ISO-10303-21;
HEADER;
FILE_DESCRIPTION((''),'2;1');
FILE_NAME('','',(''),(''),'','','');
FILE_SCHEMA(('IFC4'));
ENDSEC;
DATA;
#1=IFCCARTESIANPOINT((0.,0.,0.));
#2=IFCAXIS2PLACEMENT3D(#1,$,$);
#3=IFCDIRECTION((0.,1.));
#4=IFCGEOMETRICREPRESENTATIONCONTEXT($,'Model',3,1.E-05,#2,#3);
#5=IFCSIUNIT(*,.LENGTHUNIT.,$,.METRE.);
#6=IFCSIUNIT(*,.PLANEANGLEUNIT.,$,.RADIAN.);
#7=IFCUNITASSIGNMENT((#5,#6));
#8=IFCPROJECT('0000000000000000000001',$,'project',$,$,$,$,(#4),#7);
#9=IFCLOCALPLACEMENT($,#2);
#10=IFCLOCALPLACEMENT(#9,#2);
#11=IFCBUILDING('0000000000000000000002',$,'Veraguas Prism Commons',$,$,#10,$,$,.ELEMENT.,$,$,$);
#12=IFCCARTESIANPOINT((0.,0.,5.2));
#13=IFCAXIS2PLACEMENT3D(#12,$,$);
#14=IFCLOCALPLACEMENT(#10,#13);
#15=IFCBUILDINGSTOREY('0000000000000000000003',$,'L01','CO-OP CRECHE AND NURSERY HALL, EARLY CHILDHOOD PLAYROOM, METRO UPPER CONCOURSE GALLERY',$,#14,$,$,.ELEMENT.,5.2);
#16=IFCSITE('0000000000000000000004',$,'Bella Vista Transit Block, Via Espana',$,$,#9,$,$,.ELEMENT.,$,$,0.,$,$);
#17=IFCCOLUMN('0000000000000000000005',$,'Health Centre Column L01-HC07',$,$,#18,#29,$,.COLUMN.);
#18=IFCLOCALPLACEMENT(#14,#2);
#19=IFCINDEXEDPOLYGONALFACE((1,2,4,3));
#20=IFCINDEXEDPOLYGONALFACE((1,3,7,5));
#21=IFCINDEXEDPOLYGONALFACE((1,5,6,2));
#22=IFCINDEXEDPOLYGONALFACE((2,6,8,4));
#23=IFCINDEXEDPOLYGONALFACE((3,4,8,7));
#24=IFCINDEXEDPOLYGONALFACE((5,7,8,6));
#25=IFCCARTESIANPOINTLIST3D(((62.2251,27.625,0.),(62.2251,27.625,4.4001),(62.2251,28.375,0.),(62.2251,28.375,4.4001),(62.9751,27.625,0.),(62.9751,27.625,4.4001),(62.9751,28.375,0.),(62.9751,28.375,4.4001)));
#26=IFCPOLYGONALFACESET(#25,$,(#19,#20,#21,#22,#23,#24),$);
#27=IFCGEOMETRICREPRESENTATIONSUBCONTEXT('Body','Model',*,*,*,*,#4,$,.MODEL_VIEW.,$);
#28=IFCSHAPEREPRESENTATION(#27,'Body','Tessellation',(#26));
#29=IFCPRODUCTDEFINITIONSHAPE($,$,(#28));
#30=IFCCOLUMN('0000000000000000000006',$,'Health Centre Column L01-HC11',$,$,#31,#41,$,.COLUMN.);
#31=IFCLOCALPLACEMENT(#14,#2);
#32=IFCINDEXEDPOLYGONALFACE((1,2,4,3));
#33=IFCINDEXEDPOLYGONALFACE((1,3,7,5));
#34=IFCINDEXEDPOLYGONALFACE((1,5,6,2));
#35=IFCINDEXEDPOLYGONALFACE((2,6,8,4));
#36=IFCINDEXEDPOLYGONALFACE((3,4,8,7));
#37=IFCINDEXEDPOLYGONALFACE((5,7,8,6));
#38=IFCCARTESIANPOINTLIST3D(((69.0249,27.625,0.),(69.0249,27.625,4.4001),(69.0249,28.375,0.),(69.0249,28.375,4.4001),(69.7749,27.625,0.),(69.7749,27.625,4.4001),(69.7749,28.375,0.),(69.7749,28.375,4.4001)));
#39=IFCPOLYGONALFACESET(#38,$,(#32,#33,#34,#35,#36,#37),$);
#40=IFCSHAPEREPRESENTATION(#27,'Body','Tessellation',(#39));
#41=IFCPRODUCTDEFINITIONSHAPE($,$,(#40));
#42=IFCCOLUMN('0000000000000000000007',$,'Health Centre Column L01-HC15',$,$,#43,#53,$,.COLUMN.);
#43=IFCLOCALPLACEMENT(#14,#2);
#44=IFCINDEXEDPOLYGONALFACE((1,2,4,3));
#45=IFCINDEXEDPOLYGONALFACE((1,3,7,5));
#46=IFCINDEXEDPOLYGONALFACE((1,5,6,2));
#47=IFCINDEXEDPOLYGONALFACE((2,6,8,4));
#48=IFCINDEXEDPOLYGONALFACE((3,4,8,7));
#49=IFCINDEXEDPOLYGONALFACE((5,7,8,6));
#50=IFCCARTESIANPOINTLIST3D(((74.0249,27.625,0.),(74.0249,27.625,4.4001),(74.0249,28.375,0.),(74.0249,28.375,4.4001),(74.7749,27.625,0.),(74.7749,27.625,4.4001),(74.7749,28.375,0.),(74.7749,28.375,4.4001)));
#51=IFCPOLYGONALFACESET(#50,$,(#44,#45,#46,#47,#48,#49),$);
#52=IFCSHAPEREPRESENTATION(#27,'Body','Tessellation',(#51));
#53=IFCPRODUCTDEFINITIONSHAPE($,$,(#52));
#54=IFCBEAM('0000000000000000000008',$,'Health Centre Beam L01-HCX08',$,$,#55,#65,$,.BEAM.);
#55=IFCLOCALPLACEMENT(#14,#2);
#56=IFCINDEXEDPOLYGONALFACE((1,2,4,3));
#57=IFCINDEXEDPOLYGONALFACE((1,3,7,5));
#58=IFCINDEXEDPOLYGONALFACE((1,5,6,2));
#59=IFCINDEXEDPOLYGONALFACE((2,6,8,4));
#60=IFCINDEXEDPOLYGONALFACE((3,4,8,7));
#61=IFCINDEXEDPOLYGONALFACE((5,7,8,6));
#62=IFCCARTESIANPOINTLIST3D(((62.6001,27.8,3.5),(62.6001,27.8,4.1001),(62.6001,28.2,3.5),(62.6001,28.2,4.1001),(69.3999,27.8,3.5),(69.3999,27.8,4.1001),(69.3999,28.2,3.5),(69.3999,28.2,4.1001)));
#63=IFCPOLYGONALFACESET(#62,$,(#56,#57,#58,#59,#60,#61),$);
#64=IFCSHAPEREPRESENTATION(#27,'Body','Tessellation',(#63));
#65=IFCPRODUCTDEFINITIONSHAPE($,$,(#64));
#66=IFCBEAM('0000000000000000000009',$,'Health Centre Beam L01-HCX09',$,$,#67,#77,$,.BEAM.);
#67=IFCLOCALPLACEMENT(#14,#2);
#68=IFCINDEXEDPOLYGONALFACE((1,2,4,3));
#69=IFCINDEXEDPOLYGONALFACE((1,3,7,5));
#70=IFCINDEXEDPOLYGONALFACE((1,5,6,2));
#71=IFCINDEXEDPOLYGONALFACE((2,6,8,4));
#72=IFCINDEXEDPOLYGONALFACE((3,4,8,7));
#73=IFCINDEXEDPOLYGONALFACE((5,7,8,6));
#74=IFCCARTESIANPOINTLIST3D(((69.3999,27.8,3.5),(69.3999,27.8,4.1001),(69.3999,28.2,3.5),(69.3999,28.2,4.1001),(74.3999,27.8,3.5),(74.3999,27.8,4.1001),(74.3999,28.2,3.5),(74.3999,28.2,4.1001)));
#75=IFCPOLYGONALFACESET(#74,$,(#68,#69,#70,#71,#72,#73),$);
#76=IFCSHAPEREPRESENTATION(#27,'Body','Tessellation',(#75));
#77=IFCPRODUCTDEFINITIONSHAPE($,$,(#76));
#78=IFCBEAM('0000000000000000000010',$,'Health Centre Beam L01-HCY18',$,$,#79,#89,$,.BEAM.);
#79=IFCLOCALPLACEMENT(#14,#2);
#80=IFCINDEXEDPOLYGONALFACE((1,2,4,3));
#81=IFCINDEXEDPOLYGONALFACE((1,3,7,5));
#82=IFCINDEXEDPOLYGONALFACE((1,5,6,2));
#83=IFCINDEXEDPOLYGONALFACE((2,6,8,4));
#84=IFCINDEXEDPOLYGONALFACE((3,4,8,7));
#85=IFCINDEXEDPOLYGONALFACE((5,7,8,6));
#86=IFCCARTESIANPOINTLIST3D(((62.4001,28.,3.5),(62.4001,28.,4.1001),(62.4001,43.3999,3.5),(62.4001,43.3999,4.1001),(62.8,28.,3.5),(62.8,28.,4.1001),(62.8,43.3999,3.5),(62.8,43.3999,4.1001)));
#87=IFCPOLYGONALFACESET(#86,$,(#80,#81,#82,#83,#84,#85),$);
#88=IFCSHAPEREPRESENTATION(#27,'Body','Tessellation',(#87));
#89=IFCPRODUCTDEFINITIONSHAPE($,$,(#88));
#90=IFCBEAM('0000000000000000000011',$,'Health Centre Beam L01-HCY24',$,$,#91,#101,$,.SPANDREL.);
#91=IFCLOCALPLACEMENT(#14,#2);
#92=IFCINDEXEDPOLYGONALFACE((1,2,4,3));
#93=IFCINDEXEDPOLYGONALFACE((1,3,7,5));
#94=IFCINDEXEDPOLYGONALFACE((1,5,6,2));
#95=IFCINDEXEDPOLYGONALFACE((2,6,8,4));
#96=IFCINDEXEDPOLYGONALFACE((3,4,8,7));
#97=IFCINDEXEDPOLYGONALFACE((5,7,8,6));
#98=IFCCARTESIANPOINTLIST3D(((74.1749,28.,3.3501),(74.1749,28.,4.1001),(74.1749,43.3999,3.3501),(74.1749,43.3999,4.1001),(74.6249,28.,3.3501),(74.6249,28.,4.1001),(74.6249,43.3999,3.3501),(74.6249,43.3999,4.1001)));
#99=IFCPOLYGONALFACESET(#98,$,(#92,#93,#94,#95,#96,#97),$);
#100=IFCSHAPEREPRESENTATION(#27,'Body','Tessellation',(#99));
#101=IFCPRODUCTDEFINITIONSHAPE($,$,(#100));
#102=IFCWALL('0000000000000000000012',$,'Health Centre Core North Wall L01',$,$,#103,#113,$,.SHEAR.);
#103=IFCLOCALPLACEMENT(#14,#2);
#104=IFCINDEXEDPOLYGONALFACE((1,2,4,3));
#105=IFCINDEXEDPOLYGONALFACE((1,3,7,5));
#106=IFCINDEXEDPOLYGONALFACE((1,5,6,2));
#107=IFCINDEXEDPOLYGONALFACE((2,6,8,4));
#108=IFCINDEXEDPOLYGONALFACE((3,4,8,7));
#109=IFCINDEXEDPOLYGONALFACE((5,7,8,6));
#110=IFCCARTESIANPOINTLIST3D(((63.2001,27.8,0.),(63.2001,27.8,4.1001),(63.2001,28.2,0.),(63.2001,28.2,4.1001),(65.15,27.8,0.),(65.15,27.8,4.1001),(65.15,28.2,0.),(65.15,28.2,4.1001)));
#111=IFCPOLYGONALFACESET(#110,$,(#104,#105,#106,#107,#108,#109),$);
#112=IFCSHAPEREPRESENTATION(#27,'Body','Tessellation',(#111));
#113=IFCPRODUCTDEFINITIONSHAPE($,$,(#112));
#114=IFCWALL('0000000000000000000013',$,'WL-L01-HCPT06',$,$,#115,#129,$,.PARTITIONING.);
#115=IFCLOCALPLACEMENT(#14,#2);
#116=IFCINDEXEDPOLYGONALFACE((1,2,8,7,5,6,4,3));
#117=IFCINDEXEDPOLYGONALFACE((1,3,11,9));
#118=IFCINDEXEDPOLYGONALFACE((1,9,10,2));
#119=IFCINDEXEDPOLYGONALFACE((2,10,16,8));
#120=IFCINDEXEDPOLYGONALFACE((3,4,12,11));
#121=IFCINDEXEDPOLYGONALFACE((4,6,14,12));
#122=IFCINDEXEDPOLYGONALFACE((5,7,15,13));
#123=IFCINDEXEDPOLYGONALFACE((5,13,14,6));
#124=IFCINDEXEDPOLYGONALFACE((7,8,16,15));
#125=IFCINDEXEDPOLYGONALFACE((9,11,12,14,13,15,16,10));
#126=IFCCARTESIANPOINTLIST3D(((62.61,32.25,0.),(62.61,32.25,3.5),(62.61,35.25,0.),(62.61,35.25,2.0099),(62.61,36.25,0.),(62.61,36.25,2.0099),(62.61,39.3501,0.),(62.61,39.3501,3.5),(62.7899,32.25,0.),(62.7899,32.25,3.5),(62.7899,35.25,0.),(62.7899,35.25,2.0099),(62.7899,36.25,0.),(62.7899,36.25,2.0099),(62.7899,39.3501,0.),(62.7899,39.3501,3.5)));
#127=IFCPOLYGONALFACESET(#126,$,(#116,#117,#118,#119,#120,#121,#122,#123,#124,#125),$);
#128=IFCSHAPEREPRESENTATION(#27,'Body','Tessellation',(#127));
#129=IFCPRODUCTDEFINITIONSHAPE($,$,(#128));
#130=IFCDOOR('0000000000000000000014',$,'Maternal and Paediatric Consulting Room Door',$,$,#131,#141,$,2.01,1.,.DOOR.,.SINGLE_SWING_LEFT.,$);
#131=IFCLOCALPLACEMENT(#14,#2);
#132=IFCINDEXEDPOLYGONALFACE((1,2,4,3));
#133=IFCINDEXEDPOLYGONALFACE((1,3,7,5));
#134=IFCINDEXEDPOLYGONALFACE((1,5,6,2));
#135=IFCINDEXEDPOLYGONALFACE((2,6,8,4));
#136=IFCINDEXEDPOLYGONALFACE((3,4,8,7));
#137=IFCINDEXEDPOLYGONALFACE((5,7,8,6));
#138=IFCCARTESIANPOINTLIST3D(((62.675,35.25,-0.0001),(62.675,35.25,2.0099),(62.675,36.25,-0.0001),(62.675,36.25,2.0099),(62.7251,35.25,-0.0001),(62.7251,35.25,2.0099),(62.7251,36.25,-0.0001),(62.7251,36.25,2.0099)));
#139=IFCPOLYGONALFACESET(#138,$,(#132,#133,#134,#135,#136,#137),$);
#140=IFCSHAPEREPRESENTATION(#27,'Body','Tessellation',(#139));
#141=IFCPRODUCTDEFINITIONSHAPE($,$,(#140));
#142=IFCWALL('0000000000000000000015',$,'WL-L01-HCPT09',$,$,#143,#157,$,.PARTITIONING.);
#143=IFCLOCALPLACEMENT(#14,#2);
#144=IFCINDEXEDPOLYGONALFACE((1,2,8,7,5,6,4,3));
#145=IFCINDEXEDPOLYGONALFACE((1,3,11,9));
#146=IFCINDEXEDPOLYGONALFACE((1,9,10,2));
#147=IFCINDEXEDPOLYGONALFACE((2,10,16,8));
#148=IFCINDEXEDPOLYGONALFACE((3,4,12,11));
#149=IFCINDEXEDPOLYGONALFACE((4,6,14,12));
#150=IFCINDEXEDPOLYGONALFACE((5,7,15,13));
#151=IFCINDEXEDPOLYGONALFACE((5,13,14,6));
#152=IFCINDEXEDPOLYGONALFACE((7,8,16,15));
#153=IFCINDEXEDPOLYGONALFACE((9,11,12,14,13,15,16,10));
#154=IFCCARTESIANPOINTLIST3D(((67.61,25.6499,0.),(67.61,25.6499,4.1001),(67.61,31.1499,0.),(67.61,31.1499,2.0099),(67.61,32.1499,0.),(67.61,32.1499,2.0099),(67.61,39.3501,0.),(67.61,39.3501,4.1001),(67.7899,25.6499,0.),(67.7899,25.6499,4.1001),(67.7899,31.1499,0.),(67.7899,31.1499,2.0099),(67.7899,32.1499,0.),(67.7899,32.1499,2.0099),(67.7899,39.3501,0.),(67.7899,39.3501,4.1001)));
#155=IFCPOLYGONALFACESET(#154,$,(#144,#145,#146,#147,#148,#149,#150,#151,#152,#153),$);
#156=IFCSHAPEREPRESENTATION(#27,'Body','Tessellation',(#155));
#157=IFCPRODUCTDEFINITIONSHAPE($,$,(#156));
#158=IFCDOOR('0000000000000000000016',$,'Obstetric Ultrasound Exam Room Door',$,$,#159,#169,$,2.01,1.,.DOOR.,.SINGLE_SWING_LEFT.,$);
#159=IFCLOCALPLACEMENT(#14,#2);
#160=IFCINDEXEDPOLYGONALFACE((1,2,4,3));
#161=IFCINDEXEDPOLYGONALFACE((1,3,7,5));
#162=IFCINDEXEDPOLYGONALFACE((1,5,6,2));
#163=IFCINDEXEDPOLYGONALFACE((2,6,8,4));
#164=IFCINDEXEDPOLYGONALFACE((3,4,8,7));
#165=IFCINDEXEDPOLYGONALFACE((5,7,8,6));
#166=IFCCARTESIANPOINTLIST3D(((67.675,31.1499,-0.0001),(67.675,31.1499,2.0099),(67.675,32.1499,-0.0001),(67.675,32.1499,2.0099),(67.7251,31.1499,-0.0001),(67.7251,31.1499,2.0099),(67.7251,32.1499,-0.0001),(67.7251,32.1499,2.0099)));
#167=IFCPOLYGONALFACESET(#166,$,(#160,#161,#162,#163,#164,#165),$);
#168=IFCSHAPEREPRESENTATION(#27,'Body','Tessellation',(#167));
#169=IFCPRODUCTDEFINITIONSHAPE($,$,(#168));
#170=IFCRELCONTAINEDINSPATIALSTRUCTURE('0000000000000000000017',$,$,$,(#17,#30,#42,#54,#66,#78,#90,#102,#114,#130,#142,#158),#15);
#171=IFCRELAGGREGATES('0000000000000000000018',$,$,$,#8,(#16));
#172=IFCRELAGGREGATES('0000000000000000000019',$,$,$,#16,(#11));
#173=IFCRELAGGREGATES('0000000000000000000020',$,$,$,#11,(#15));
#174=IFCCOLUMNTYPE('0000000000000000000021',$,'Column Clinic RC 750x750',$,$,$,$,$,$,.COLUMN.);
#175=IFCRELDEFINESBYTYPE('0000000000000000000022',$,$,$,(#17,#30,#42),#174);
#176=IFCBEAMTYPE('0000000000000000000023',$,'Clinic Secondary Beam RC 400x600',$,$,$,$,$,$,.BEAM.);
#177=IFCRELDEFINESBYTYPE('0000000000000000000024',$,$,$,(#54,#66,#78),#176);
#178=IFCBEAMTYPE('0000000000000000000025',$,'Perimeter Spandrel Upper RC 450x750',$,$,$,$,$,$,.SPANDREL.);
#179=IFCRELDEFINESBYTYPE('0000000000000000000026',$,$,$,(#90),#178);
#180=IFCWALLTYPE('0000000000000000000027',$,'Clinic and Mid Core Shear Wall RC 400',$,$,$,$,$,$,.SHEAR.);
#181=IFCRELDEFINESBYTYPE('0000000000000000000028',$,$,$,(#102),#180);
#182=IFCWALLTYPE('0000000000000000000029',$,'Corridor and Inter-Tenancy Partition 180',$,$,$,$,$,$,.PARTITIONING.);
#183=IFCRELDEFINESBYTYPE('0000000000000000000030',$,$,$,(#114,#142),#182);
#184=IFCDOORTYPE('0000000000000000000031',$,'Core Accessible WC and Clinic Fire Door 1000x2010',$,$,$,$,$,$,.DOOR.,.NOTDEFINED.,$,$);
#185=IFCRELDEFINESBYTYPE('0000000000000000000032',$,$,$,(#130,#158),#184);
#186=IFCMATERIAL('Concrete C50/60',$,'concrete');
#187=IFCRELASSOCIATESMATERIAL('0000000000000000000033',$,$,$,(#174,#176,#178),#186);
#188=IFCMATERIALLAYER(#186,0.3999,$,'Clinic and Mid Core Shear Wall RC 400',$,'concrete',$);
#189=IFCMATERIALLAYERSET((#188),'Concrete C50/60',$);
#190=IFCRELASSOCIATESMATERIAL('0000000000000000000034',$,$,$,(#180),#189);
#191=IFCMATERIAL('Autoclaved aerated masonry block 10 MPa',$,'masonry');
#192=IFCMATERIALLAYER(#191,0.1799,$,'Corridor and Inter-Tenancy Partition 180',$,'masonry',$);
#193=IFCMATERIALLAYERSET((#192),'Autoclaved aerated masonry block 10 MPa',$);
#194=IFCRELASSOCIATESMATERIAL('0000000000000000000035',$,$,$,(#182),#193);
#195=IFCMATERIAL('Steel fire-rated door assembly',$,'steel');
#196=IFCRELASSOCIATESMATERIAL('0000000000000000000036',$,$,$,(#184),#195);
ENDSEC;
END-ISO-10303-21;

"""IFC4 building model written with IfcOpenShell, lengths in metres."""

from ifc_helpers import new_model, si_unit, direction, frame, frame_2d, origin, origin_2d, place, context, subcontext, project, spatial, rectangle, extrude, source, transform, mapped, material, layer, layer_set, material_profile, profile_set, type_object, element, fill, save


model = new_model("IFC4")

# Units and contexts
model_context = context("Model", 3, precision=1e-05, world=origin(), true_north=direction((0.0, 1.0)))
body_context = subcontext(model_context, "Body", "Model", "MODEL_VIEW")
ifc_project = project(units=[si_unit("LENGTHUNIT", "METRE"), si_unit("PLANEANGLEUNIT", "RADIAN")], contexts=[model_context])

# Site, building, storey
site_placement = place(None, origin())
site = spatial("IfcSite", under=ifc_project, at=site_placement, Name="Bella Vista Transit Block, Via Espana", CompositionType="ELEMENT", RefElevation=0.0)
building_placement = place(site_placement, origin())
building = spatial("IfcBuilding", under=site, at=building_placement, Name="Veraguas Prism Commons", CompositionType="ELEMENT")
storey_placement = place(building_placement, frame((0.0, 0.0, 5.2)))
storey = spatial("IfcBuildingStorey", under=building, at=storey_placement, Name="L01", Description="CO-OP CRECHE AND NURSERY HALL, EARLY CHILDHOOD PLAYROOM, METRO UPPER CONCOURSE GALLERY", CompositionType="ELEMENT", Elevation=5.2)

# Columns
ifc_material_1 = material(Name="Concrete C50/60", Category="concrete")
ifc_material_profile_1 = material_profile(ifc_material_1, rectangle(XDim=0.75, YDim=0.75, at=origin_2d()), Name="RC750X750")
ifc_profile_set_1 = profile_set([ifc_material_profile_1], Name="Concrete C50/60")
column_type = type_object("IfcColumnType", Name="Column Clinic RC 750x750", PredefinedType="COLUMN", material=ifc_profile_set_1)
for number, where, z_axis, x_axis, name in (
    (1, (62.6001, 28.0, 0.0), (0.0, 0.0, 1.0), (1.0, 0.0, 0.0), "Health Centre Column L01-HC07"),
    (2, (69.3999, 28.0, 0.0), (0.0, 0.0, 1.0), (1.0, 0.0, 0.0), "Health Centre Column L01-HC11"),
    (3, (74.3999, 28.0, 0.0), (0.0, 0.0, 1.0), (1.0, 0.0, 0.0), "Health Centre Column L01-HC15"),
):
    element("IfcColumn", number, at=place(storey_placement, frame(where, z_axis=z_axis, x_axis=x_axis)), inside=storey, type_object=column_type, Name=name, PredefinedType="COLUMN", context=body_context, shape_type="SweptSolid", body=[
        extrude(rectangle(XDim=0.75, YDim=0.75, at=origin_2d()), origin(), (0.0, 0.0, 1.0), 4.4001),
    ])

# Beams
ifc_material_profile_2 = material_profile(ifc_material_1, rectangle(XDim=0.3999, YDim=0.6001, at=origin_2d()), Name="RC400X600")
ifc_profile_set_2 = profile_set([ifc_material_profile_2], Name="Concrete C50/60")
beam_type_1 = type_object("IfcBeamType", Name="Clinic Secondary Beam RC 400x600", PredefinedType="BEAM", material=ifc_profile_set_2)
beam_1_placement = place(storey_placement, frame((62.6001, 28.0, 3.8), z_axis=(1.0, 0.0, 0.0), x_axis=(0.0, 1.0, 0.0)))
element("IfcBeam", 4, at=beam_1_placement, inside=storey, type_object=beam_type_1, Name="Health Centre Beam L01-HCX08", PredefinedType="BEAM", context=body_context, shape_type="SweptSolid", body=[
    extrude(rectangle(XDim=0.3999, YDim=0.6001, at=origin_2d()), origin(), (0.0, 0.0, 1.0), 6.7998),
])
beam_2_placement = place(storey_placement, frame((69.3999, 28.0, 3.8), z_axis=(1.0, 0.0, 0.0), x_axis=(0.0, 1.0, 0.0)))
element("IfcBeam", 5, at=beam_2_placement, inside=storey, type_object=beam_type_1, Name="Health Centre Beam L01-HCX09", PredefinedType="BEAM", context=body_context, shape_type="SweptSolid", body=[
    extrude(rectangle(XDim=0.3999, YDim=0.6001, at=origin_2d()), origin(), (0.0, 0.0, 1.0), 5.0),
])
beam_3_placement = place(storey_placement, frame((62.6001, 28.0, 3.8), z_axis=(0.0, 1.0, 0.0), x_axis=(-1.0, 0.0, 0.0)))
element("IfcBeam", 6, at=beam_3_placement, inside=storey, type_object=beam_type_1, Name="Health Centre Beam L01-HCY18", PredefinedType="BEAM", context=body_context, shape_type="SweptSolid", body=[
    extrude(rectangle(XDim=0.3999, YDim=0.6001, at=origin_2d()), origin(), (0.0, 0.0, 1.0), 15.3999),
])
ifc_material_profile_3 = material_profile(ifc_material_1, rectangle(XDim=0.45, YDim=0.75, at=origin_2d()), Name="RC450X750")
ifc_profile_set_3 = profile_set([ifc_material_profile_3], Name="Concrete C50/60")
beam_type_2 = type_object("IfcBeamType", Name="Perimeter Spandrel Upper RC 450x750", PredefinedType="SPANDREL", material=ifc_profile_set_3)
beam_4_placement = place(storey_placement, frame((74.3999, 28.0, 3.7251), z_axis=(0.0, 1.0, 0.0), x_axis=(-1.0, 0.0, 0.0)))
element("IfcBeam", 7, at=beam_4_placement, inside=storey, type_object=beam_type_2, Name="Health Centre Beam L01-HCY24", PredefinedType="SPANDREL", context=body_context, shape_type="SweptSolid", body=[
    extrude(rectangle(XDim=0.45, YDim=0.75, at=origin_2d()), origin(), (0.0, 0.0, 1.0), 15.3999),
])

# Wall
ifc_layer_1 = layer(ifc_material_1, 0.3999, Name="Clinic and Mid Core Shear Wall RC 400", Category="concrete")
ifc_layer_set_1 = layer_set([ifc_layer_1], Name="Concrete C50/60")
wall_type_1 = type_object("IfcWallType", Name="Clinic and Mid Core Shear Wall RC 400", PredefinedType="SHEAR", material=ifc_layer_set_1)
wall_1_placement = place(storey_placement, frame((63.2, 28.0, 0.0), z_axis=(0.0, 0.0, 1.0), x_axis=(1.0, 0.0, 0.0)))
element("IfcWall", 8, at=wall_1_placement, inside=storey, type_object=wall_type_1, Name="Health Centre Core North Wall L01", PredefinedType="SHEAR", context=body_context, shape_type="SweptSolid", body=[
    extrude(rectangle(XDim=1.95, YDim=0.3999, at=frame_2d((0.9751, 0.0))), origin(), (0.0, 0.0, 1.0), 4.1001),
])

# Walls, openings, doors
ifc_material_2 = material(Name="Autoclaved aerated masonry block 10 MPa", Category="masonry")
ifc_layer_2 = layer(ifc_material_2, 0.1799, Name="Corridor and Inter-Tenancy Partition 180", Category="masonry")
ifc_layer_set_2 = layer_set([ifc_layer_2], Name="Autoclaved aerated masonry block 10 MPa")
wall_type_2 = type_object("IfcWallType", Name="Corridor and Inter-Tenancy Partition 180", PredefinedType="PARTITIONING", material=ifc_layer_set_2)
wall_2_placement = place(storey_placement, frame((62.7, 32.25, 0.0), z_axis=(0.0, 0.0, 1.0), x_axis=(0.0, 1.0, 0.0)))
wall_2 = element("IfcWall", 9, at=wall_2_placement, inside=storey, type_object=wall_type_2, Name="WL-L01-HCPT06", PredefinedType="PARTITIONING", context=body_context, shape_type="SweptSolid", body=[
    extrude(rectangle(XDim=7.1001, YDim=0.1799, at=frame_2d((3.55, 0.0))), origin(), (0.0, 0.0, 1.0), 3.5),
])
opening_1_placement = place(wall_2_placement, frame((3.0, 0.0, 0.0)))
opening_1 = element("IfcOpeningElement", 10, at=opening_1_placement, cuts=wall_2, PredefinedType="OPENING", context=body_context, shape_type="SweptSolid", body=[
    extrude(rectangle(XDim=1.0, YDim=2.01, at=frame_2d((0.5, 1.0049))), frame((0.0, 0.0999, 0.0), z_axis=(0.0, -1.0, 0.0), x_axis=(1.0, 0.0, 0.0)), (0.0, 0.0, 1.0), 0.2),
])
ifc_material_3 = material(Name="Steel fire-rated door assembly", Category="steel")
door_type = type_object("IfcDoorType", Name="Core Accessible WC and Clinic Fire Door 1000x2010", OperationType="NOTDEFINED", PredefinedType="DOOR", material=ifc_material_3)
shared_shape_1 = source(origin(), body_context, "Body", "SweptSolid", [
    extrude(rectangle(XDim=1.0, YDim=2.01, at=frame_2d((0.5, 1.0049))), frame((0.0, 0.0249, 0.0), z_axis=(0.0, -1.0, 0.0), x_axis=(1.0, 0.0, 0.0)), (0.0, 0.0, 1.0), 0.05),
])
door_1_placement = place(opening_1_placement, origin())
door_1 = element("IfcDoor", 11, at=door_1_placement, inside=storey, type_object=door_type, Name="Maternal and Paediatric Consulting Room Door", OperationType="SINGLE_SWING_LEFT", OverallHeight=2.01, OverallWidth=1.0, PredefinedType="DOOR", context=body_context, shape_type="MappedRepresentation", body=[
    mapped(shared_shape_1, transform((0.0, 0.0, 0.0), scale=1.0)),
])
fill(opening_1, door_1)
wall_3_placement = place(storey_placement, frame((67.7, 25.6499, 0.0), z_axis=(0.0, 0.0, 1.0), x_axis=(0.0, 1.0, 0.0)))
wall_3 = element("IfcWall", 12, at=wall_3_placement, inside=storey, type_object=wall_type_2, Name="WL-L01-HCPT09", PredefinedType="PARTITIONING", context=body_context, shape_type="SweptSolid", body=[
    extrude(rectangle(XDim=13.7002, YDim=0.1799, at=frame_2d((6.8501, 0.0))), origin(), (0.0, 0.0, 1.0), 4.1001),
])
opening_2_placement = place(wall_3_placement, frame((5.5, 0.0, 0.0)))
opening_2 = element("IfcOpeningElement", 13, at=opening_2_placement, cuts=wall_3, PredefinedType="OPENING", context=body_context, shape_type="SweptSolid", body=[
    extrude(rectangle(XDim=1.0, YDim=2.01, at=frame_2d((0.5, 1.0049))), frame((0.0, 0.0999, 0.0), z_axis=(0.0, -1.0, 0.0), x_axis=(1.0, 0.0, 0.0)), (0.0, 0.0, 1.0), 0.2),
])
door_2_placement = place(opening_2_placement, origin())
door_2 = element("IfcDoor", 14, at=door_2_placement, inside=storey, type_object=door_type, Name="Obstetric Ultrasound Exam Room Door", OperationType="SINGLE_SWING_LEFT", OverallHeight=2.01, OverallWidth=1.0, PredefinedType="DOOR", context=body_context, shape_type="MappedRepresentation", body=[
    mapped(shared_shape_1, transform((0.0, 0.0, 0.0), scale=1.0)),
])
fill(opening_2, door_2)

save(model, "model.ifc")
